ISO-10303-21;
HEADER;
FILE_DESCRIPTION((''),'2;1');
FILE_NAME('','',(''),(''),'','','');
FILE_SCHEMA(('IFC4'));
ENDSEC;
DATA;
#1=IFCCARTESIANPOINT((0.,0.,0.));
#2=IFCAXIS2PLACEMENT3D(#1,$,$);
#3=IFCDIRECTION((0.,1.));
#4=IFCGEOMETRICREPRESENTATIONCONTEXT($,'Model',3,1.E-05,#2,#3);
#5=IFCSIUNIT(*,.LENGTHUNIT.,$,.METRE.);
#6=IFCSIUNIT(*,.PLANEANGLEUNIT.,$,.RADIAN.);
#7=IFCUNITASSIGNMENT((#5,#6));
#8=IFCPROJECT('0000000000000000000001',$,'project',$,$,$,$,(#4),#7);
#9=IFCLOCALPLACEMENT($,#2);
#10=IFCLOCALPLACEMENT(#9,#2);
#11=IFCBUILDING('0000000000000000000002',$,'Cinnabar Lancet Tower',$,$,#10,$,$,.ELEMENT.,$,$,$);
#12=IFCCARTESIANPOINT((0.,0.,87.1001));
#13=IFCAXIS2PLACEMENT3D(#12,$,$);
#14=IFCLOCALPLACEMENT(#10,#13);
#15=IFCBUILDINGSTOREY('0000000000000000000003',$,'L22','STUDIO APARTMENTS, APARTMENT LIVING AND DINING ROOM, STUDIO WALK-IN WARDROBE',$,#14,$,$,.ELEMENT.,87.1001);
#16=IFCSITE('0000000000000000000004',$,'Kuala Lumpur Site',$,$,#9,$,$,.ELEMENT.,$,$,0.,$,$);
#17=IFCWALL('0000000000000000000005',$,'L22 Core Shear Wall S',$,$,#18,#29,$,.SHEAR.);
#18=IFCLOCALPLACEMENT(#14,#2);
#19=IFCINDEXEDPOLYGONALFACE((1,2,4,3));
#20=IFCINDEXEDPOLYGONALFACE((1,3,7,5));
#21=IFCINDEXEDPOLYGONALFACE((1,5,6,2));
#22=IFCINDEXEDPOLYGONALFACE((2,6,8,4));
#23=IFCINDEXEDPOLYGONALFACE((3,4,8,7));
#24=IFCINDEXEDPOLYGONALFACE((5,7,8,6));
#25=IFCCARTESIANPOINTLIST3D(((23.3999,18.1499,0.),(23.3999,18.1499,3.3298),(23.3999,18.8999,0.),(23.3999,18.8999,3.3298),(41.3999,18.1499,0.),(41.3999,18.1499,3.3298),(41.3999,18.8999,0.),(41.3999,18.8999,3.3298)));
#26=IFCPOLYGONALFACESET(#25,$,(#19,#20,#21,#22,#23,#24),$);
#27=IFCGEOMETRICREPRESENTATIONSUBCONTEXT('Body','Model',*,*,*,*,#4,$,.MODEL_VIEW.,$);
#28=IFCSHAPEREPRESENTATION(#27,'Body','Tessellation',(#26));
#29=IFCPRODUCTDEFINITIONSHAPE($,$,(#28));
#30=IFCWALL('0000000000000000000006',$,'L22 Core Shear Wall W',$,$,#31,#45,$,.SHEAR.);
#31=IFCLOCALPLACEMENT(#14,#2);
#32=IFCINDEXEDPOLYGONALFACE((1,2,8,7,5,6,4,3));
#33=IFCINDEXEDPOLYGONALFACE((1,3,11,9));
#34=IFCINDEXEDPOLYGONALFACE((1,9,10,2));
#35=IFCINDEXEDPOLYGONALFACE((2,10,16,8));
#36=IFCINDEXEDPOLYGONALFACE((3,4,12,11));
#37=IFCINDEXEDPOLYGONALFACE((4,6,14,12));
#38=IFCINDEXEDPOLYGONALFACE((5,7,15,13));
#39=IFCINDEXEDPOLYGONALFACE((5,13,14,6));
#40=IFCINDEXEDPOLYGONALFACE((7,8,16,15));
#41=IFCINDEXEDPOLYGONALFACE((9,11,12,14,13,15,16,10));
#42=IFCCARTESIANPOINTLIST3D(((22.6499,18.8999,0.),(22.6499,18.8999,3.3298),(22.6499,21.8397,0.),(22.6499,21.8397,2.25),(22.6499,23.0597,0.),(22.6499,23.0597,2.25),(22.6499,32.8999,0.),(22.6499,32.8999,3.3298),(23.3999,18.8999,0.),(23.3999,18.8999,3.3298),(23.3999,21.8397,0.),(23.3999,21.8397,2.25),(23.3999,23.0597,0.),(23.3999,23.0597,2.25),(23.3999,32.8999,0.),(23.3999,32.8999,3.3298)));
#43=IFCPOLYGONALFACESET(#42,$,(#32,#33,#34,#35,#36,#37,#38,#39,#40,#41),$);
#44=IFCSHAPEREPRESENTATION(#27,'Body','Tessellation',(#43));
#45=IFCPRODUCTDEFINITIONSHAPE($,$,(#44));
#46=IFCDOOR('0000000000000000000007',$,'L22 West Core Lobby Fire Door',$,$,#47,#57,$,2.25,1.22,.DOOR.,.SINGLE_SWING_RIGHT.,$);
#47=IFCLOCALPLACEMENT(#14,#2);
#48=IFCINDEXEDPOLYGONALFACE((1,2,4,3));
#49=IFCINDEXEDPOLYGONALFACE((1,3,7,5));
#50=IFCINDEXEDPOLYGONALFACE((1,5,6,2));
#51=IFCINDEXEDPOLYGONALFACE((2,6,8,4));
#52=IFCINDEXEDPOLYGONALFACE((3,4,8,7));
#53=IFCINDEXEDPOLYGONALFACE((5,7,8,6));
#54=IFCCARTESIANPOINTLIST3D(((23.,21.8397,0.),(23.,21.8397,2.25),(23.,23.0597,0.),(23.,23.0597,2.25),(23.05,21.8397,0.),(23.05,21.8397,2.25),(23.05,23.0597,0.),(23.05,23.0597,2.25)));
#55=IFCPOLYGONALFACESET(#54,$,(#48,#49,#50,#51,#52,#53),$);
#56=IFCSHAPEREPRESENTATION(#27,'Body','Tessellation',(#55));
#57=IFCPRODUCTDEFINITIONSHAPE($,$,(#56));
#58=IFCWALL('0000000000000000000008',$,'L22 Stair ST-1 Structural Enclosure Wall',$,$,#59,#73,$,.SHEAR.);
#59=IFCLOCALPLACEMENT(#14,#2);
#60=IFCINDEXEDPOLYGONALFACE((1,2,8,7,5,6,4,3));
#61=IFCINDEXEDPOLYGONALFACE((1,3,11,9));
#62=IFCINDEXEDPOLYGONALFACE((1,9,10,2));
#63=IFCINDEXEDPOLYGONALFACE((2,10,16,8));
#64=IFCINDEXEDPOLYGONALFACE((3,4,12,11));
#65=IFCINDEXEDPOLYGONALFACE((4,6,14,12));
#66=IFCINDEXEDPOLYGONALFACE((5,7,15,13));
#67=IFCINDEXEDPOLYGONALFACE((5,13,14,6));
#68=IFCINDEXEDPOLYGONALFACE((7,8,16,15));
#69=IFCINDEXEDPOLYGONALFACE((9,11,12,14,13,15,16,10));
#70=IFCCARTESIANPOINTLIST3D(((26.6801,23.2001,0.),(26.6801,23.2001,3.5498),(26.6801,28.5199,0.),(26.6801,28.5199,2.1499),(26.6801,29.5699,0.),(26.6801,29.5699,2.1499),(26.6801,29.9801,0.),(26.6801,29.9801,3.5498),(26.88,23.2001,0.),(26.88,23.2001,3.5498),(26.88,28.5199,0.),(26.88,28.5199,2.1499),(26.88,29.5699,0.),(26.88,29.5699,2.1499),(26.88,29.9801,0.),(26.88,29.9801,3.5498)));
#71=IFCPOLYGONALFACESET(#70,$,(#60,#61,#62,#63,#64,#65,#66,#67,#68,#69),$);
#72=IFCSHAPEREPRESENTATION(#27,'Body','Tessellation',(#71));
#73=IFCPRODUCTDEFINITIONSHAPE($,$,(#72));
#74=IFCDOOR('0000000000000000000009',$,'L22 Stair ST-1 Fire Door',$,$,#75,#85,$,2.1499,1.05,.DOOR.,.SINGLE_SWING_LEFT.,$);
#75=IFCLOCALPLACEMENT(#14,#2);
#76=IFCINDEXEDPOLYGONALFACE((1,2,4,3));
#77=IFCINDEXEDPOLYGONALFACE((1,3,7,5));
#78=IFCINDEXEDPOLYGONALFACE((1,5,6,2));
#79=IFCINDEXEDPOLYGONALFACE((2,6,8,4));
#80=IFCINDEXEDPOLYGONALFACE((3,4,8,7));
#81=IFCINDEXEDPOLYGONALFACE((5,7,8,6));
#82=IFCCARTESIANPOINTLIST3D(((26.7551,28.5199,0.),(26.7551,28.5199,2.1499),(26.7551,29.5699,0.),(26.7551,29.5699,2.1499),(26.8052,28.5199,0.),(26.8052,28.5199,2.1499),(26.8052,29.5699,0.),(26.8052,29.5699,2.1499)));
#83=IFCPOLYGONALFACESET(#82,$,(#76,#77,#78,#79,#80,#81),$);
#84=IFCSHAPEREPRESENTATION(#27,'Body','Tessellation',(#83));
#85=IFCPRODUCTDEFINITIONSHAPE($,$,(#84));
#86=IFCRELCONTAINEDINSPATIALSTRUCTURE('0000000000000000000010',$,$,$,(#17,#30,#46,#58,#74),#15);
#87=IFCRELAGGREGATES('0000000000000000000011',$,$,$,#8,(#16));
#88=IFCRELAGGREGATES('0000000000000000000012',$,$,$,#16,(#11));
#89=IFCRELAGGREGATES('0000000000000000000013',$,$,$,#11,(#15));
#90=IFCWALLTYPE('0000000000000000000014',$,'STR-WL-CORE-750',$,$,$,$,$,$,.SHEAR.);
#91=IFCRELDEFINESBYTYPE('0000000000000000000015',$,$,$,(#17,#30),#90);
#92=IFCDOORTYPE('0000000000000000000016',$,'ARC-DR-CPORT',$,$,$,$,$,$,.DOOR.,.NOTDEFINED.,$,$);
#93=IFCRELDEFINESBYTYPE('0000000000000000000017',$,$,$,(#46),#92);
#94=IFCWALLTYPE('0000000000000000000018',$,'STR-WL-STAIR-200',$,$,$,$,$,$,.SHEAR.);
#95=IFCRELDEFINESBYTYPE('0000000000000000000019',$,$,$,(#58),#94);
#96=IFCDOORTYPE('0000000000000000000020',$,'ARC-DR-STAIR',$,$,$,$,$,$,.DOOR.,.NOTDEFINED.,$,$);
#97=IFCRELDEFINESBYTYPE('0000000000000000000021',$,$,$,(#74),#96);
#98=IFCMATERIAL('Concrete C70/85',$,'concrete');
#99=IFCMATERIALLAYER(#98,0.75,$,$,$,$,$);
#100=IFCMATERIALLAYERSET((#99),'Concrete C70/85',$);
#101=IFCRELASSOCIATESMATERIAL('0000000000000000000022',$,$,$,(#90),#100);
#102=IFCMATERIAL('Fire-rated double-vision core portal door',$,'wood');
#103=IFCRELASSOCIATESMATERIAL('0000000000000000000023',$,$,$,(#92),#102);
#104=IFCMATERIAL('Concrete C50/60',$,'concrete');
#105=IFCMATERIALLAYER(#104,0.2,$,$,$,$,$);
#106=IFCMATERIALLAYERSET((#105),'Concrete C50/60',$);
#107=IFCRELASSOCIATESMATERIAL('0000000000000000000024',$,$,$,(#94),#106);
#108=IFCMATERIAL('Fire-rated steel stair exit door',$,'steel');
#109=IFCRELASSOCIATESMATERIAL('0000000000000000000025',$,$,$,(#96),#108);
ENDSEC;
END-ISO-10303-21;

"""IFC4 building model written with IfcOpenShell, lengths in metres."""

from ifc_helpers import new_model, si_unit, direction, frame, frame_2d, origin, place, context, subcontext, project, spatial, rectangle, extrude, material, layer, layer_set, type_object, element, fill, save


model = new_model("IFC4")

# Units and contexts
model_context = context("Model", 3, precision=1e-05, world=origin(), true_north=direction((0.0, 1.0)))
body_context = subcontext(model_context, "Body", "Model", "MODEL_VIEW")
ifc_project = project(units=[si_unit("LENGTHUNIT", "METRE"), si_unit("PLANEANGLEUNIT", "RADIAN")], contexts=[model_context])

# Site, building, storey
site_placement = place(None, origin())
site = spatial("IfcSite", under=ifc_project, at=site_placement, Name="Kuala Lumpur Site", CompositionType="ELEMENT", RefElevation=0.0)
building_placement = place(site_placement, origin())
building = spatial("IfcBuilding", under=site, at=building_placement, Name="Cinnabar Lancet Tower", CompositionType="ELEMENT")
storey_placement = place(building_placement, frame((0.0, 0.0, 87.1001)))
storey = spatial("IfcBuildingStorey", under=building, at=storey_placement, Name="L22", Description="STUDIO APARTMENTS, APARTMENT LIVING AND DINING ROOM, STUDIO WALK-IN WARDROBE", CompositionType="ELEMENT", Elevation=87.1001)

# Wall
ifc_material_1 = material(Name="Concrete C70/85", Category="concrete")
ifc_layer_1 = layer(ifc_material_1, 0.75)
ifc_layer_set_1 = layer_set([ifc_layer_1], Name="Concrete C70/85")
wall_type_1 = type_object("IfcWallType", Name="STR-WL-CORE-750", PredefinedType="SHEAR", material=ifc_layer_set_1)
wall_1_placement = place(storey_placement, frame((23.3999, 18.5249, 0.0), z_axis=(0.0, 0.0, 1.0), x_axis=(1.0, 0.0, 0.0)))
element("IfcWall", 1, at=wall_1_placement, inside=storey, type_object=wall_type_1, Name="L22 Core Shear Wall S", PredefinedType="SHEAR", context=body_context, shape_type="SweptSolid", body=[
    extrude(rectangle(XDim=18.0, YDim=0.75, at=frame_2d((9.0, 0.0))), origin(), (0.0, 0.0, 1.0), 3.3298),
])

# Walls, openings, doors
wall_2_placement = place(storey_placement, frame((23.0249, 18.8999, 0.0), z_axis=(0.0, 0.0, 1.0), x_axis=(0.0, 1.0, 0.0)))
wall_2 = element("IfcWall", 2, at=wall_2_placement, inside=storey, type_object=wall_type_1, Name="L22 Core Shear Wall W", PredefinedType="SHEAR", context=body_context, shape_type="SweptSolid", body=[
    extrude(rectangle(XDim=14.0, YDim=0.75, at=frame_2d((7.0, 0.0))), origin(), (0.0, 0.0, 1.0), 3.3298),
])
opening_1_placement = place(wall_2_placement, frame((2.9399, 0.0, 0.0)))
opening_1 = element("IfcOpeningElement", 3, at=opening_1_placement, cuts=wall_2, PredefinedType="OPENING", context=body_context, shape_type="SweptSolid", body=[
    extrude(rectangle(XDim=1.22, YDim=2.25, at=frame_2d((0.6099, 1.125))), frame((0.0, 0.385, 0.0), z_axis=(0.0, -1.0, 0.0), x_axis=(1.0, 0.0, 0.0)), (0.0, 0.0, 1.0), 0.77),
])
ifc_material_2 = material(Name="Fire-rated double-vision core portal door", Category="wood")
door_type_1 = type_object("IfcDoorType", Name="ARC-DR-CPORT", OperationType="NOTDEFINED", PredefinedType="DOOR", material=ifc_material_2)
door_1_placement = place(opening_1_placement, origin())
door_1 = element("IfcDoor", 4, at=door_1_placement, inside=storey, type_object=door_type_1, Name="L22 West Core Lobby Fire Door", OperationType="SINGLE_SWING_RIGHT", OverallHeight=2.25, OverallWidth=1.22, PredefinedType="DOOR", context=body_context, shape_type="SweptSolid", body=[
    extrude(rectangle(XDim=1.22, YDim=2.25, at=frame_2d((0.6099, 1.125))), frame((0.0, 0.0249, 0.0), z_axis=(0.0, -1.0, 0.0), x_axis=(1.0, 0.0, 0.0)), (0.0, 0.0, 1.0), 0.05),
])
fill(opening_1, door_1)
ifc_material_3 = material(Name="Concrete C50/60", Category="concrete")
ifc_layer_2 = layer(ifc_material_3, 0.2)
ifc_layer_set_2 = layer_set([ifc_layer_2], Name="Concrete C50/60")
wall_type_2 = type_object("IfcWallType", Name="STR-WL-STAIR-200", PredefinedType="SHEAR", material=ifc_layer_set_2)
wall_3_placement = place(storey_placement, frame((26.78, 23.2, 0.0), z_axis=(0.0, 0.0, 1.0), x_axis=(0.0, 1.0, 0.0)))
wall_3 = element("IfcWall", 5, at=wall_3_placement, inside=storey, type_object=wall_type_2, Name="L22 Stair ST-1 Structural Enclosure Wall", PredefinedType="SHEAR", context=body_context, shape_type="SweptSolid", body=[
    extrude(rectangle(XDim=6.78, YDim=0.2, at=frame_2d((3.3901, 0.0))), origin(), (0.0, 0.0, 1.0), 3.5498),
])
opening_2_placement = place(wall_3_placement, frame((5.3201, 0.0, 0.0)))
opening_2 = element("IfcOpeningElement", 6, at=opening_2_placement, cuts=wall_3, PredefinedType="OPENING", context=body_context, shape_type="SweptSolid", body=[
    extrude(rectangle(XDim=1.05, YDim=2.1499, at=frame_2d((0.5249, 1.075))), frame((0.0, 0.1099, 0.0), z_axis=(0.0, -1.0, 0.0), x_axis=(1.0, 0.0, 0.0)), (0.0, 0.0, 1.0), 0.22),
])
ifc_material_4 = material(Name="Fire-rated steel stair exit door", Category="steel")
door_type_2 = type_object("IfcDoorType", Name="ARC-DR-STAIR", OperationType="NOTDEFINED", PredefinedType="DOOR", material=ifc_material_4)
door_2_placement = place(opening_2_placement, origin())
door_2 = element("IfcDoor", 7, at=door_2_placement, inside=storey, type_object=door_type_2, Name="L22 Stair ST-1 Fire Door", OperationType="SINGLE_SWING_LEFT", OverallHeight=2.1499, OverallWidth=1.05, PredefinedType="DOOR", context=body_context, shape_type="SweptSolid", body=[
    extrude(rectangle(XDim=1.05, YDim=2.1499, at=frame_2d((0.5249, 1.075))), frame((0.0, 0.0249, 0.0), z_axis=(0.0, -1.0, 0.0), x_axis=(1.0, 0.0, 0.0)), (0.0, 0.0, 1.0), 0.05),
])
fill(opening_2, door_2)

save(model, "model.ifc")
